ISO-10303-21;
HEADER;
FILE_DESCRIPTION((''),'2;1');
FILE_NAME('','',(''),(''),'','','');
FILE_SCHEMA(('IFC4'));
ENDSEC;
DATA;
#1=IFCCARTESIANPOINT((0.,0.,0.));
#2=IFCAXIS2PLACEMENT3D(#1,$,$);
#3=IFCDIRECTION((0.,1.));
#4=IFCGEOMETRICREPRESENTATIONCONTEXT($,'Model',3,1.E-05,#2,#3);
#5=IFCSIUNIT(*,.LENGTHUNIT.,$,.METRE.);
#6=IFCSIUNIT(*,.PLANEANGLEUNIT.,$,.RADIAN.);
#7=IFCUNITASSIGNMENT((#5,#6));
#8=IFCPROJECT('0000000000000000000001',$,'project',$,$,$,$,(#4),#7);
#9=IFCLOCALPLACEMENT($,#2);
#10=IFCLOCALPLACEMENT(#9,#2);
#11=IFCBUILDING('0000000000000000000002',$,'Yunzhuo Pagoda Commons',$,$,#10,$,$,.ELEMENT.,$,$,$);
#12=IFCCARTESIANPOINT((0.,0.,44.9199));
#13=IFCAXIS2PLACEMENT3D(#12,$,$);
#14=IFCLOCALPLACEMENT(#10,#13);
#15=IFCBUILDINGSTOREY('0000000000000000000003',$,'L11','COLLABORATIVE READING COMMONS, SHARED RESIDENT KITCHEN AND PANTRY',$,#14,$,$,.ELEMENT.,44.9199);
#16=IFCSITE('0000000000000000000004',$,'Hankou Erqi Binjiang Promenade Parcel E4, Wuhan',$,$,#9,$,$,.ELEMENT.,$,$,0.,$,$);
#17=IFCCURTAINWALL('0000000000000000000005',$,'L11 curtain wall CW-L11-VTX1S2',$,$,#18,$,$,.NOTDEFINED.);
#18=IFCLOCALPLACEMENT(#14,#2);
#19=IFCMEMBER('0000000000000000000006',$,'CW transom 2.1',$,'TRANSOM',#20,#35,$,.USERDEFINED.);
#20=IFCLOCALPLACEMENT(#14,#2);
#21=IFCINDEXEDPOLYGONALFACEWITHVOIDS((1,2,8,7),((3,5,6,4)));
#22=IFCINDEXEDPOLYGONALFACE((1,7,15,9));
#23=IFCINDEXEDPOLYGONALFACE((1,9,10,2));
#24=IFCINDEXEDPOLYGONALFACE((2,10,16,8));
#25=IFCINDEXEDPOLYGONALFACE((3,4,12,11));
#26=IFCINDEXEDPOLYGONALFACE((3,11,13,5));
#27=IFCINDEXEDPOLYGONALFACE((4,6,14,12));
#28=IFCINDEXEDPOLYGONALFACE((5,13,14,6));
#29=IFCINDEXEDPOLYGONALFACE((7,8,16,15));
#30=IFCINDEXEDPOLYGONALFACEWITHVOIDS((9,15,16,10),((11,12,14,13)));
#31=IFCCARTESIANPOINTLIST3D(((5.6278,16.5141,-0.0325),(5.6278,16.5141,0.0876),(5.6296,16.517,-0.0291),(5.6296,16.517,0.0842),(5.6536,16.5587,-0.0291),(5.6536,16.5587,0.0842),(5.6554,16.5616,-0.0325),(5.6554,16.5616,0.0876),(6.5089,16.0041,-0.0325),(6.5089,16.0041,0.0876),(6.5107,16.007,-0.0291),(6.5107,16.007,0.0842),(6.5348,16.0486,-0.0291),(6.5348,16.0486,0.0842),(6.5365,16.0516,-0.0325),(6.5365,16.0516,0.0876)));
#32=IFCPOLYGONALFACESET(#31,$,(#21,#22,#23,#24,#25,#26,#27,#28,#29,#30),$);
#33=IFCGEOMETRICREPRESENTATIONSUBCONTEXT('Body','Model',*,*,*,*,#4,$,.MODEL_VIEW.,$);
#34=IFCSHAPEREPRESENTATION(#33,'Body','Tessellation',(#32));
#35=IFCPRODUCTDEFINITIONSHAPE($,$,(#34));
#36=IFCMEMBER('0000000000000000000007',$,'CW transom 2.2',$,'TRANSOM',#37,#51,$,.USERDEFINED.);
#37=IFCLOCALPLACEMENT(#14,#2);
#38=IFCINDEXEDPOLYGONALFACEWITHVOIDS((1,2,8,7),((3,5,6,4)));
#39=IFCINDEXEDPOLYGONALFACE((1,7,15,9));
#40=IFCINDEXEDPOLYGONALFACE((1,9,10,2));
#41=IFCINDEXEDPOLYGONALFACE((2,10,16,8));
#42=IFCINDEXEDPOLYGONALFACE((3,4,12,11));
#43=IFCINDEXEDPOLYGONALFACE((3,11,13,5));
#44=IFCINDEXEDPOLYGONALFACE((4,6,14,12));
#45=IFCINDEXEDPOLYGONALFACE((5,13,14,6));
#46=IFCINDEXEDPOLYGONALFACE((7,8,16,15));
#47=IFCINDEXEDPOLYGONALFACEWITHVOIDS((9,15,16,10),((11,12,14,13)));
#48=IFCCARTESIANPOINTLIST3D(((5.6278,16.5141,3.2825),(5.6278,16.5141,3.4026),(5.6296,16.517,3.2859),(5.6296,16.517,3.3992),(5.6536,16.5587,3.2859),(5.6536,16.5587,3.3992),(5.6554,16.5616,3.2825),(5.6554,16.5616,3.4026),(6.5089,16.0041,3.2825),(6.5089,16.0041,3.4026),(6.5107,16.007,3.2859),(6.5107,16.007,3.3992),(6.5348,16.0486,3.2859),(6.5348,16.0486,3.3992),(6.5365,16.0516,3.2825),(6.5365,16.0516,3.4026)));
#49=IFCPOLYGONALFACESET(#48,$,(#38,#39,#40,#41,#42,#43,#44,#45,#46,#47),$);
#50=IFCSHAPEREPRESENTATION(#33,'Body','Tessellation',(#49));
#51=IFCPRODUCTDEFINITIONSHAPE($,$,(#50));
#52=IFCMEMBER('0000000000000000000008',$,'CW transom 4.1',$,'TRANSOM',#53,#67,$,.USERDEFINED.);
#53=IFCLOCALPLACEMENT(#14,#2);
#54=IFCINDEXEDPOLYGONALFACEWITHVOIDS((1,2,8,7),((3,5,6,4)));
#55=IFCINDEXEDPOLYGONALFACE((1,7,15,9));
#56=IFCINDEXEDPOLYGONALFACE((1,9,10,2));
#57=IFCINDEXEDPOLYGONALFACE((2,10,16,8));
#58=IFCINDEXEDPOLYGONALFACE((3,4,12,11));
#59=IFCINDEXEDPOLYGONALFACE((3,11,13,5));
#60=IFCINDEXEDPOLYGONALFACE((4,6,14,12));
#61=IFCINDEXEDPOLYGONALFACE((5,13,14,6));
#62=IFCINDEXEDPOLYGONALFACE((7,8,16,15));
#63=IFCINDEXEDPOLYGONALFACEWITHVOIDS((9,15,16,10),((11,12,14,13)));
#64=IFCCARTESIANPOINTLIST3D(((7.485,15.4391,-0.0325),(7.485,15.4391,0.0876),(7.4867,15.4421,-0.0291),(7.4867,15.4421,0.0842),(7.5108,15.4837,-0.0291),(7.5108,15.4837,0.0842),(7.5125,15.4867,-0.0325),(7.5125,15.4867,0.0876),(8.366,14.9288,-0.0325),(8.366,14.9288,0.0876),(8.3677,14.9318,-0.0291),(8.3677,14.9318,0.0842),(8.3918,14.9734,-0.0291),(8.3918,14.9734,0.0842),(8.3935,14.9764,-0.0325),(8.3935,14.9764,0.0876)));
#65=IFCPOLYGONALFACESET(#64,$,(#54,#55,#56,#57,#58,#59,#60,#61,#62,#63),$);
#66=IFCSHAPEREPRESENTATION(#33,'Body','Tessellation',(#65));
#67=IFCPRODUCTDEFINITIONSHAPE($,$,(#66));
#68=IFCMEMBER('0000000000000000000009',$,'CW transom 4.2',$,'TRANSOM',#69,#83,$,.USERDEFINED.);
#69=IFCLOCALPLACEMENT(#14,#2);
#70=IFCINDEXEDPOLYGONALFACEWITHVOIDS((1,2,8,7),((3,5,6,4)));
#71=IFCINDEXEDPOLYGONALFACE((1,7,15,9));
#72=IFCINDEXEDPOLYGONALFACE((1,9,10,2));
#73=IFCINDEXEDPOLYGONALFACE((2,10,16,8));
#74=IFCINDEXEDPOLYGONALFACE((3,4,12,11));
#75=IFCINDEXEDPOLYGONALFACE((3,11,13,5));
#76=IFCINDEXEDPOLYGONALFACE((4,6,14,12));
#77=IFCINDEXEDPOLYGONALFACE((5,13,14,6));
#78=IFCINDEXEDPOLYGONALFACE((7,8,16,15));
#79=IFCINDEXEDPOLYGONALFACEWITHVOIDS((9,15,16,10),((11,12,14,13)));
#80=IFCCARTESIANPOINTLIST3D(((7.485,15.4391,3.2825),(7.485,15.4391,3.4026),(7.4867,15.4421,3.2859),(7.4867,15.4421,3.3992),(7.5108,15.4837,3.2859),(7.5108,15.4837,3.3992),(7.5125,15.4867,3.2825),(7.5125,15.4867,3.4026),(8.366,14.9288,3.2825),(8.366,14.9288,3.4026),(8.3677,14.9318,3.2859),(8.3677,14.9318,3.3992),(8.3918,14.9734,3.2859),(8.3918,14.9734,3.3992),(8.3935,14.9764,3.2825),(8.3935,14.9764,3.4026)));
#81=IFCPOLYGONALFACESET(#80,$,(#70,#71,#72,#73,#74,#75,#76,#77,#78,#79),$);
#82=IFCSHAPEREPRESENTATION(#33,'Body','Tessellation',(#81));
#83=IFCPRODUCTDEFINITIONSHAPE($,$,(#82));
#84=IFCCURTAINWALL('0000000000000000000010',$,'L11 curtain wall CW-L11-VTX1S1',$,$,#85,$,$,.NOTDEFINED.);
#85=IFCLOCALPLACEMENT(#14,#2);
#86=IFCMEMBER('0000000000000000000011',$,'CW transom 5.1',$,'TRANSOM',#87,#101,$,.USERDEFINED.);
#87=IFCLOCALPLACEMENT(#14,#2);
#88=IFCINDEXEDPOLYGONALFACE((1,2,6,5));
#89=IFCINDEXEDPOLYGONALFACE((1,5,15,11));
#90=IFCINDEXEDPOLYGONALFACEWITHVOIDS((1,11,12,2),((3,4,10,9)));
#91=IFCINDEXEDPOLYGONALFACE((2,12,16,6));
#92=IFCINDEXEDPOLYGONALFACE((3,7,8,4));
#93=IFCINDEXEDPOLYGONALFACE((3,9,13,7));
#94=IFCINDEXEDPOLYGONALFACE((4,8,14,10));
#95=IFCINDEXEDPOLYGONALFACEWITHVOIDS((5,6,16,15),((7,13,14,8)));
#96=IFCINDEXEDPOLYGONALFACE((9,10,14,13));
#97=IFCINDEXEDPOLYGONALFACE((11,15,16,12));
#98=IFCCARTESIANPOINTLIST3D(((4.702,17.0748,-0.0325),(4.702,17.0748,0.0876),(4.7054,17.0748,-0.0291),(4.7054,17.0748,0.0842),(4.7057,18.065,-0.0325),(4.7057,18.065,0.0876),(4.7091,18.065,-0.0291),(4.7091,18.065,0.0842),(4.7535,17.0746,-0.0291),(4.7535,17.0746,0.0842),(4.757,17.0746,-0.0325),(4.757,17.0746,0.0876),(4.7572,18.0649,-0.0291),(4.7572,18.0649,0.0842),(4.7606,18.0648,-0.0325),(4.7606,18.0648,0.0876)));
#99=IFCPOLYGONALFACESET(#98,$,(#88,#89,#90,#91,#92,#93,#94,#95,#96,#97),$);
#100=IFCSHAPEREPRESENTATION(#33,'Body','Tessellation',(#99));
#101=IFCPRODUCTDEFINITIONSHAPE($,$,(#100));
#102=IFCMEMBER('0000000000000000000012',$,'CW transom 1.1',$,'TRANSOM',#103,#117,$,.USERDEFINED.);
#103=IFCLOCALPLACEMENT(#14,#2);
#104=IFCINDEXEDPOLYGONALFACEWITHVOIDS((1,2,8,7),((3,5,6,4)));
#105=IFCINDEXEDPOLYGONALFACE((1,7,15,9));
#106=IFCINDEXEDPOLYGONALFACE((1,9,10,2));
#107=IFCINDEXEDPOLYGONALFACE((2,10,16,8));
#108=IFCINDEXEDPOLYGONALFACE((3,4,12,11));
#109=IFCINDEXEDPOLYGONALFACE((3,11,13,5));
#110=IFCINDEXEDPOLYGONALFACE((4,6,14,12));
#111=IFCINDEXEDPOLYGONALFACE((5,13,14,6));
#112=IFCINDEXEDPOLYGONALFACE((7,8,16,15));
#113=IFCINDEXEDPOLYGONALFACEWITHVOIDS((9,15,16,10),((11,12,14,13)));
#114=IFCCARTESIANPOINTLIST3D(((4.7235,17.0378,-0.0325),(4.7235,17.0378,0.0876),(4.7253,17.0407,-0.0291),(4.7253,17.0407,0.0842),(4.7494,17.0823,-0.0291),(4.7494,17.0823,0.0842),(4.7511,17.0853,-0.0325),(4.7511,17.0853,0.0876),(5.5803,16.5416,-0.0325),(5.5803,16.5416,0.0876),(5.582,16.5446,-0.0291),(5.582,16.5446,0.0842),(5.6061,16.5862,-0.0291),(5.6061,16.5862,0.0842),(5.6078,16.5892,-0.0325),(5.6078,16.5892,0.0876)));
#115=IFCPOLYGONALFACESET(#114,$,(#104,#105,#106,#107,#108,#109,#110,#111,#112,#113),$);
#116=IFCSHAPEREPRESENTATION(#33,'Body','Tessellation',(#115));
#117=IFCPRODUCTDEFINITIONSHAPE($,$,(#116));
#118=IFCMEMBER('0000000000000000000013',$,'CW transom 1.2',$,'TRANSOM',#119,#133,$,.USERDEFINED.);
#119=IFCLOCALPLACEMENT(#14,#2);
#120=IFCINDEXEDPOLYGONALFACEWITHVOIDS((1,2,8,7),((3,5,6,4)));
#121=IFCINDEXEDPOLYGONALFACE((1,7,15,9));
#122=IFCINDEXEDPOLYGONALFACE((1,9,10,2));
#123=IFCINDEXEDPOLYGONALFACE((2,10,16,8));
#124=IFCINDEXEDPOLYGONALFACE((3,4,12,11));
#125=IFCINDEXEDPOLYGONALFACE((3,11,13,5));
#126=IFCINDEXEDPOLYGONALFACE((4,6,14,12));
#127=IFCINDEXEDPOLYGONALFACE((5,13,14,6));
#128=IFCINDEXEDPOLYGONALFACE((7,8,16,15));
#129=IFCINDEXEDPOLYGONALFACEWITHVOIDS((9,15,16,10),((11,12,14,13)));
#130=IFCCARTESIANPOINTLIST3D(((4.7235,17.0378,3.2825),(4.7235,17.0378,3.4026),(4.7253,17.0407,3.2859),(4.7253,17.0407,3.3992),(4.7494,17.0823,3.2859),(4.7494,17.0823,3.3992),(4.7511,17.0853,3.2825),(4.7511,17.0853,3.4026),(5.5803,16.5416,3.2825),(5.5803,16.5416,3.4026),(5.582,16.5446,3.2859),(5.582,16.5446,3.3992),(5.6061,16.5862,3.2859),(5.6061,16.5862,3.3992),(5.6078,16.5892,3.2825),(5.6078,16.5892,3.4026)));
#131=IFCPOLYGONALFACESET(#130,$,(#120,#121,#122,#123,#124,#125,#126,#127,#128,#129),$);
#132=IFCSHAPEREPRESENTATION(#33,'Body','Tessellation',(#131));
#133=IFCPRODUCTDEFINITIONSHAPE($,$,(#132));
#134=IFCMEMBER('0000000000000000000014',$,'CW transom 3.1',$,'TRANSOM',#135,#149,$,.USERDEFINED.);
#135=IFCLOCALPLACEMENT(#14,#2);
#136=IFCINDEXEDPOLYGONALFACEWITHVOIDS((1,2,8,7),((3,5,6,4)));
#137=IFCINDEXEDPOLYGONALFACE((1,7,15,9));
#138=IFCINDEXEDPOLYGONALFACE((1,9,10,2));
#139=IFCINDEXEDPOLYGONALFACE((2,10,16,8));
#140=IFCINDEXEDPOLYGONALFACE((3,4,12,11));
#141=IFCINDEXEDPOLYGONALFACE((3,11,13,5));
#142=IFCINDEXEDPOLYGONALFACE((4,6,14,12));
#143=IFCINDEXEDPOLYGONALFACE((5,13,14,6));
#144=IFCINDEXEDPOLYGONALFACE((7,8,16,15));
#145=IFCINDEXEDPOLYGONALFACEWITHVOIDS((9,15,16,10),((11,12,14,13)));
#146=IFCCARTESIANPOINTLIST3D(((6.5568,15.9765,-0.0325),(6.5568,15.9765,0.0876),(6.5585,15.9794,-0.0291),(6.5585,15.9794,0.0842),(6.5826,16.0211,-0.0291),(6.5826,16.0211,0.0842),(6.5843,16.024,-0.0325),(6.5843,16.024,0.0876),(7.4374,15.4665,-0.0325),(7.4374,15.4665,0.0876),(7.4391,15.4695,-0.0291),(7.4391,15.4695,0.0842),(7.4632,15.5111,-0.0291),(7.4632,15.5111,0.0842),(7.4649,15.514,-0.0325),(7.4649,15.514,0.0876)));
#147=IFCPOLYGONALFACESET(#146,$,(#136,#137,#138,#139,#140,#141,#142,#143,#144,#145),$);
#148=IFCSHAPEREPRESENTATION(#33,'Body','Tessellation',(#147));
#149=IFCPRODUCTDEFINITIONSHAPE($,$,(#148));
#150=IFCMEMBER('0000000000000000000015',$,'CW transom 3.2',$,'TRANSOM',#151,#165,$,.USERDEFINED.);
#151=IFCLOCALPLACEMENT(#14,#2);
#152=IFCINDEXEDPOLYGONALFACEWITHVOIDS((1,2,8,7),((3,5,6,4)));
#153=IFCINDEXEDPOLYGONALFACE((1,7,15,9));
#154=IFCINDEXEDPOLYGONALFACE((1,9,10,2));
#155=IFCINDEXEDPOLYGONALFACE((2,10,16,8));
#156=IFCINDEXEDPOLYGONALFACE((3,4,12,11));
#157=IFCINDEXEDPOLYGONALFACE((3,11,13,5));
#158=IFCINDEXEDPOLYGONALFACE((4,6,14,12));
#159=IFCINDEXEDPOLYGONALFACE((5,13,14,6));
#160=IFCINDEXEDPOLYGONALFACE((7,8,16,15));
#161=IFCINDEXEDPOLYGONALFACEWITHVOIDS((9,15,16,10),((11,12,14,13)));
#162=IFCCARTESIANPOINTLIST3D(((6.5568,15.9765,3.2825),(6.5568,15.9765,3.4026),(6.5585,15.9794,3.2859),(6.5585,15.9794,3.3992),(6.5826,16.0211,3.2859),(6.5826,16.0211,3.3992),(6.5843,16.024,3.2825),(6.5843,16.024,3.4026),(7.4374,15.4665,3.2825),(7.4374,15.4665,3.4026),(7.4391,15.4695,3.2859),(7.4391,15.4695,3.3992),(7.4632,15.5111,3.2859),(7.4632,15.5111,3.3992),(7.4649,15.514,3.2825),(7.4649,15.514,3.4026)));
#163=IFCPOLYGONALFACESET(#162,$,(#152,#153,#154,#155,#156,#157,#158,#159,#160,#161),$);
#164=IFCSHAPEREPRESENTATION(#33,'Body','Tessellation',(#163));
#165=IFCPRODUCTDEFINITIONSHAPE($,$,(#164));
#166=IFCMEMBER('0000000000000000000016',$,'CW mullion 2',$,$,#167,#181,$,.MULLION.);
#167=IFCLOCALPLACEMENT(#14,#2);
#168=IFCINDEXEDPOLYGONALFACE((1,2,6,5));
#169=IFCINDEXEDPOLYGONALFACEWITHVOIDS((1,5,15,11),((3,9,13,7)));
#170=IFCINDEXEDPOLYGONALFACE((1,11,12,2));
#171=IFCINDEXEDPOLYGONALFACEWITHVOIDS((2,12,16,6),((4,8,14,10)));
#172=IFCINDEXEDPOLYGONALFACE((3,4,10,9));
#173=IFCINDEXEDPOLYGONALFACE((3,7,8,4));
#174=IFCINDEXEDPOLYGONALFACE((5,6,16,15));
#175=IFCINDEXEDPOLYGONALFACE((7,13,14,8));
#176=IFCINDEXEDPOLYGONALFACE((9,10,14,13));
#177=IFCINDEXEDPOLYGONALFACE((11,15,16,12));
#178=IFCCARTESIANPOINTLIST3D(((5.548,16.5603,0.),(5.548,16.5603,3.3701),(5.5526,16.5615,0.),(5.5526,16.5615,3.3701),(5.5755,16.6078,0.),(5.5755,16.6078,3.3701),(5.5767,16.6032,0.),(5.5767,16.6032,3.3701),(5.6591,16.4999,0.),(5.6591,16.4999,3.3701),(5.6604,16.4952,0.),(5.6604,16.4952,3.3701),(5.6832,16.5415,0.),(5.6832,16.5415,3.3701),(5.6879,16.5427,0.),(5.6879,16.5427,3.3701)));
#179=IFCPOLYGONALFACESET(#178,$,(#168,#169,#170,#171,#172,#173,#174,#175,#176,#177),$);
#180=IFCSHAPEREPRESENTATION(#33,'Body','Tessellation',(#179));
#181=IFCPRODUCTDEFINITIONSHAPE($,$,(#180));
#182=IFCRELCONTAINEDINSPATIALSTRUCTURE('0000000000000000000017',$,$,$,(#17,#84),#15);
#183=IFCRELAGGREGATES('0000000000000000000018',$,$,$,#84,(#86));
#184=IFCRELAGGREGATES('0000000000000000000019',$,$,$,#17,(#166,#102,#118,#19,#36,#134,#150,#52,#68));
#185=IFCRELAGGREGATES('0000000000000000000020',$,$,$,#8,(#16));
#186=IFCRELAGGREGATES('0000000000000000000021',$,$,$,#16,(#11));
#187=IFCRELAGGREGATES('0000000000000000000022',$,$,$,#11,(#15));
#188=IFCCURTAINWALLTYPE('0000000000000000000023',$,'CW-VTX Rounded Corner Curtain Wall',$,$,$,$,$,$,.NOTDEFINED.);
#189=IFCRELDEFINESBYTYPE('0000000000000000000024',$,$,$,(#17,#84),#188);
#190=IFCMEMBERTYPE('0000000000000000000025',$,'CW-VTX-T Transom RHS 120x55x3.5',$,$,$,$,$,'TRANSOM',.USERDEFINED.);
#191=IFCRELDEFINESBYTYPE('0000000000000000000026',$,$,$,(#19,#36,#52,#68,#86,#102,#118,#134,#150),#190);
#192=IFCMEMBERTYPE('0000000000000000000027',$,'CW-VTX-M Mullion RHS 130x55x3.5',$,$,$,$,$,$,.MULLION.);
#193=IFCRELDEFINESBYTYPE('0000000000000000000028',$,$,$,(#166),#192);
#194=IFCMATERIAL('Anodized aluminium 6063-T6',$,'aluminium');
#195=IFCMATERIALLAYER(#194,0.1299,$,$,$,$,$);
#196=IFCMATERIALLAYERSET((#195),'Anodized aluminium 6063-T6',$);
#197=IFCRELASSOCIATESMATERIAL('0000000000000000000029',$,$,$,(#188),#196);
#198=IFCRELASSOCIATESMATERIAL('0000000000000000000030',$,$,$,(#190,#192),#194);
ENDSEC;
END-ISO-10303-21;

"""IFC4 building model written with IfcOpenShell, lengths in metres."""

from ifc_helpers import new_model, si_unit, direction, frame, origin, origin_2d, place, context, subcontext, project, spatial, hollow_rectangle, extrude, source, transform, mapped, material, layer, layer_set, material_profile, profile_set, type_object, element, aggregate, save


model = new_model("IFC4")

# Units and contexts
model_context = context("Model", 3, precision=1e-05, world=origin(), true_north=direction((0.0, 1.0)))
body_context = subcontext(model_context, "Body", "Model", "MODEL_VIEW")
ifc_project = project(units=[si_unit("LENGTHUNIT", "METRE"), si_unit("PLANEANGLEUNIT", "RADIAN")], contexts=[model_context])

# Site, building, storey
site_placement = place(None, origin())
site = spatial("IfcSite", under=ifc_project, at=site_placement, Name="Hankou Erqi Binjiang Promenade Parcel E4, Wuhan", CompositionType="ELEMENT", RefElevation=0.0)
building_placement = place(site_placement, origin())
building = spatial("IfcBuilding", under=site, at=building_placement, Name="Yunzhuo Pagoda Commons", CompositionType="ELEMENT")
storey_placement = place(building_placement, frame((0.0, 0.0, 44.9199)))
storey = spatial("IfcBuildingStorey", under=building, at=storey_placement, Name="L11", Description="COLLABORATIVE READING COMMONS, SHARED RESIDENT KITCHEN AND PANTRY", CompositionType="ELEMENT", Elevation=44.9199)

# Curtain wall, members
ifc_material_1 = material(Name="Anodized aluminium 6063-T6", Category="aluminium")
ifc_layer_1 = layer(ifc_material_1, 0.1299)
ifc_layer_set_1 = layer_set([ifc_layer_1], Name="Anodized aluminium 6063-T6")
curtain_wall_type = type_object("IfcCurtainWallType", Name="CW-VTX Rounded Corner Curtain Wall", PredefinedType="NOTDEFINED", material=ifc_layer_set_1)
curtain_wall_1_placement = place(storey_placement, origin())
curtain_wall_1 = element("IfcCurtainWall", 1, at=curtain_wall_1_placement, inside=storey, type_object=curtain_wall_type, Name="L11 curtain wall CW-L11-VTX1S2", PredefinedType="NOTDEFINED")
ifc_material_profile_1 = material_profile(ifc_material_1, hollow_rectangle(XDim=0.0549, YDim=0.1201, WallThickness=0.0034, at=origin_2d()), Name="Anodized aluminium 6063-T6")
ifc_profile_set_1 = profile_set([ifc_material_profile_1], Name="Anodized aluminium 6063-T6")
member_type_1 = type_object("IfcMemberType", Name="CW-VTX-T Transom RHS 120x55x3.5", ElementType="TRANSOM", PredefinedType="USERDEFINED", material=ifc_profile_set_1)
shared_shape_1 = source(origin(), body_context, "Body", "SweptSolid", [
    extrude(hollow_rectangle(XDim=0.0549, YDim=0.1201, WallThickness=0.0034, at=origin_2d()), origin(), (0.0, 0.0, 1.0), 1.0181),
])
member_1_placement = place(storey_placement, frame((5.6416, 16.5378, 0.0276), z_axis=(0.86547, -0.500961, 0.0), x_axis=(0.500961, 0.86547, 0.0)))
member_1 = element("IfcMember", 2, at=member_1_placement, type_object=member_type_1, Name="CW transom 2.1", ObjectType="TRANSOM", PredefinedType="USERDEFINED", context=body_context, shape_type="MappedRepresentation", body=[
    mapped(shared_shape_1, transform((0.0, 0.0, 0.0), scale=1.0)),
])
member_2_placement = place(storey_placement, frame((5.6416, 16.5378, 3.3425), z_axis=(0.86547, -0.500961, 0.0), x_axis=(0.500961, 0.86547, 0.0)))
member_2 = element("IfcMember", 3, at=member_2_placement, type_object=member_type_1, Name="CW transom 2.2", ObjectType="TRANSOM", PredefinedType="USERDEFINED", context=body_context, shape_type="MappedRepresentation", body=[
    mapped(shared_shape_1, transform((0.0, 0.0, 0.0), scale=1.0)),
])
member_3_placement = place(storey_placement, frame((7.4988, 15.4629, 0.0276), z_axis=(0.865306, -0.501244, 0.0), x_axis=(0.501244, 0.865306, 0.0)))
member_3 = element("IfcMember", 4, at=member_3_placement, type_object=member_type_1, Name="CW transom 4.1", ObjectType="TRANSOM", PredefinedType="USERDEFINED", context=body_context, shape_type="MappedRepresentation", body=[
    mapped(shared_shape_1, transform((0.0, 0.0, 0.0), scale=1.0)),
])
member_4_placement = place(storey_placement, frame((7.4988, 15.4629, 3.3425), z_axis=(0.865306, -0.501244, 0.0), x_axis=(0.501244, 0.865306, 0.0)))
member_4 = element("IfcMember", 5, at=member_4_placement, type_object=member_type_1, Name="CW transom 4.2", ObjectType="TRANSOM", PredefinedType="USERDEFINED", context=body_context, shape_type="MappedRepresentation", body=[
    mapped(shared_shape_1, transform((0.0, 0.0, 0.0), scale=1.0)),
])

# Curtain wall, member
curtain_wall_2_placement = place(storey_placement, origin())
curtain_wall_2 = element("IfcCurtainWall", 6, at=curtain_wall_2_placement, inside=storey, type_object=curtain_wall_type, Name="L11 curtain wall CW-L11-VTX1S1", PredefinedType="NOTDEFINED")
shared_shape_2 = source(origin(), body_context, "Body", "SweptSolid", [
    extrude(hollow_rectangle(XDim=0.0549, YDim=0.1201, WallThickness=0.0034, at=origin_2d()), origin(), (0.0, 0.0, 1.0), 0.9902),
])
member_5_placement = place(storey_placement, frame((4.7332, 18.0649, 0.0276), z_axis=(-0.003698, -0.999993, 0.0), x_axis=(0.999993, -0.003698, 0.0)))
member_5 = element("IfcMember", 7, at=member_5_placement, type_object=member_type_1, Name="CW transom 5.1", ObjectType="TRANSOM", PredefinedType="USERDEFINED", context=body_context, shape_type="MappedRepresentation", body=[
    mapped(shared_shape_2, transform((0.0, 0.0, 0.0), scale=1.0)),
])

# Members
shared_shape_3 = source(origin(), body_context, "Body", "SweptSolid", [
    extrude(hollow_rectangle(XDim=0.0549, YDim=0.1201, WallThickness=0.0034, at=origin_2d()), origin(), (0.0, 0.0, 1.0), 0.99),
])
member_6_placement = place(storey_placement, frame((4.7373, 17.0615, 0.0276), z_axis=(0.865376, -0.501124, 0.0), x_axis=(0.501124, 0.865376, 0.0)))
member_6 = element("IfcMember", 8, at=member_6_placement, type_object=member_type_1, Name="CW transom 1.1", ObjectType="TRANSOM", PredefinedType="USERDEFINED", context=body_context, shape_type="MappedRepresentation", body=[
    mapped(shared_shape_3, transform((0.0, 0.0, 0.0), scale=1.0)),
])
member_7_placement = place(storey_placement, frame((4.7373, 17.0615, 3.3425), z_axis=(0.865376, -0.501124, 0.0), x_axis=(0.501124, 0.865376, 0.0)))
member_7 = element("IfcMember", 9, at=member_7_placement, type_object=member_type_1, Name="CW transom 1.2", ObjectType="TRANSOM", PredefinedType="USERDEFINED", context=body_context, shape_type="MappedRepresentation", body=[
    mapped(shared_shape_3, transform((0.0, 0.0, 0.0), scale=1.0)),
])
shared_shape_4 = source(origin(), body_context, "Body", "SweptSolid", [
    extrude(hollow_rectangle(XDim=0.0549, YDim=0.1201, WallThickness=0.0034, at=origin_2d()), origin(), (0.0, 0.0, 1.0), 1.0176),
])
member_8_placement = place(storey_placement, frame((6.5706, 16.0002, 0.0276), z_axis=(0.86535, -0.501169, 0.0), x_axis=(0.501169, 0.86535, 0.0)))
member_8 = element("IfcMember", 10, at=member_8_placement, type_object=member_type_1, Name="CW transom 3.1", ObjectType="TRANSOM", PredefinedType="USERDEFINED", context=body_context, shape_type="MappedRepresentation", body=[
    mapped(shared_shape_4, transform((0.0, 0.0, 0.0), scale=1.0)),
])
member_9_placement = place(storey_placement, frame((6.5706, 16.0002, 3.3425), z_axis=(0.86535, -0.501169, 0.0), x_axis=(0.501169, 0.86535, 0.0)))
member_9 = element("IfcMember", 11, at=member_9_placement, type_object=member_type_1, Name="CW transom 3.2", ObjectType="TRANSOM", PredefinedType="USERDEFINED", context=body_context, shape_type="MappedRepresentation", body=[
    mapped(shared_shape_4, transform((0.0, 0.0, 0.0), scale=1.0)),
])
ifc_material_profile_2 = material_profile(ifc_material_1, hollow_rectangle(XDim=0.0549, YDim=0.1299, WallThickness=0.0034, at=origin_2d()), Name="Anodized aluminium 6063-T6")
ifc_profile_set_2 = profile_set([ifc_material_profile_2], Name="Anodized aluminium 6063-T6")
member_type_2 = type_object("IfcMemberType", Name="CW-VTX-M Mullion RHS 130x55x3.5", PredefinedType="MULLION", material=ifc_profile_set_2)
shared_shape_5 = source(origin(), body_context, "Body", "SweptSolid", [
    extrude(hollow_rectangle(XDim=0.0549, YDim=0.1299, WallThickness=0.0034, at=origin_2d()), origin(), (0.0, 0.0, 1.0), 3.3701),
])
member_10_placement = place(storey_placement, frame((5.6179, 16.5515, 0.0), z_axis=(0.0, 0.0, 1.0), x_axis=(0.501041, 0.865423, 0.0)))
member_10 = element("IfcMember", 12, at=member_10_placement, type_object=member_type_2, Name="CW mullion 2", PredefinedType="MULLION", context=body_context, shape_type="MappedRepresentation", body=[
    mapped(shared_shape_5, transform((0.0, 0.0, 0.0), scale=1.0)),
])

aggregate(curtain_wall_2, [member_5])
aggregate(curtain_wall_1, [member_10, member_6, member_7, member_1, member_2, member_8, member_9, member_3, member_4])

save(model, "model.ifc")
